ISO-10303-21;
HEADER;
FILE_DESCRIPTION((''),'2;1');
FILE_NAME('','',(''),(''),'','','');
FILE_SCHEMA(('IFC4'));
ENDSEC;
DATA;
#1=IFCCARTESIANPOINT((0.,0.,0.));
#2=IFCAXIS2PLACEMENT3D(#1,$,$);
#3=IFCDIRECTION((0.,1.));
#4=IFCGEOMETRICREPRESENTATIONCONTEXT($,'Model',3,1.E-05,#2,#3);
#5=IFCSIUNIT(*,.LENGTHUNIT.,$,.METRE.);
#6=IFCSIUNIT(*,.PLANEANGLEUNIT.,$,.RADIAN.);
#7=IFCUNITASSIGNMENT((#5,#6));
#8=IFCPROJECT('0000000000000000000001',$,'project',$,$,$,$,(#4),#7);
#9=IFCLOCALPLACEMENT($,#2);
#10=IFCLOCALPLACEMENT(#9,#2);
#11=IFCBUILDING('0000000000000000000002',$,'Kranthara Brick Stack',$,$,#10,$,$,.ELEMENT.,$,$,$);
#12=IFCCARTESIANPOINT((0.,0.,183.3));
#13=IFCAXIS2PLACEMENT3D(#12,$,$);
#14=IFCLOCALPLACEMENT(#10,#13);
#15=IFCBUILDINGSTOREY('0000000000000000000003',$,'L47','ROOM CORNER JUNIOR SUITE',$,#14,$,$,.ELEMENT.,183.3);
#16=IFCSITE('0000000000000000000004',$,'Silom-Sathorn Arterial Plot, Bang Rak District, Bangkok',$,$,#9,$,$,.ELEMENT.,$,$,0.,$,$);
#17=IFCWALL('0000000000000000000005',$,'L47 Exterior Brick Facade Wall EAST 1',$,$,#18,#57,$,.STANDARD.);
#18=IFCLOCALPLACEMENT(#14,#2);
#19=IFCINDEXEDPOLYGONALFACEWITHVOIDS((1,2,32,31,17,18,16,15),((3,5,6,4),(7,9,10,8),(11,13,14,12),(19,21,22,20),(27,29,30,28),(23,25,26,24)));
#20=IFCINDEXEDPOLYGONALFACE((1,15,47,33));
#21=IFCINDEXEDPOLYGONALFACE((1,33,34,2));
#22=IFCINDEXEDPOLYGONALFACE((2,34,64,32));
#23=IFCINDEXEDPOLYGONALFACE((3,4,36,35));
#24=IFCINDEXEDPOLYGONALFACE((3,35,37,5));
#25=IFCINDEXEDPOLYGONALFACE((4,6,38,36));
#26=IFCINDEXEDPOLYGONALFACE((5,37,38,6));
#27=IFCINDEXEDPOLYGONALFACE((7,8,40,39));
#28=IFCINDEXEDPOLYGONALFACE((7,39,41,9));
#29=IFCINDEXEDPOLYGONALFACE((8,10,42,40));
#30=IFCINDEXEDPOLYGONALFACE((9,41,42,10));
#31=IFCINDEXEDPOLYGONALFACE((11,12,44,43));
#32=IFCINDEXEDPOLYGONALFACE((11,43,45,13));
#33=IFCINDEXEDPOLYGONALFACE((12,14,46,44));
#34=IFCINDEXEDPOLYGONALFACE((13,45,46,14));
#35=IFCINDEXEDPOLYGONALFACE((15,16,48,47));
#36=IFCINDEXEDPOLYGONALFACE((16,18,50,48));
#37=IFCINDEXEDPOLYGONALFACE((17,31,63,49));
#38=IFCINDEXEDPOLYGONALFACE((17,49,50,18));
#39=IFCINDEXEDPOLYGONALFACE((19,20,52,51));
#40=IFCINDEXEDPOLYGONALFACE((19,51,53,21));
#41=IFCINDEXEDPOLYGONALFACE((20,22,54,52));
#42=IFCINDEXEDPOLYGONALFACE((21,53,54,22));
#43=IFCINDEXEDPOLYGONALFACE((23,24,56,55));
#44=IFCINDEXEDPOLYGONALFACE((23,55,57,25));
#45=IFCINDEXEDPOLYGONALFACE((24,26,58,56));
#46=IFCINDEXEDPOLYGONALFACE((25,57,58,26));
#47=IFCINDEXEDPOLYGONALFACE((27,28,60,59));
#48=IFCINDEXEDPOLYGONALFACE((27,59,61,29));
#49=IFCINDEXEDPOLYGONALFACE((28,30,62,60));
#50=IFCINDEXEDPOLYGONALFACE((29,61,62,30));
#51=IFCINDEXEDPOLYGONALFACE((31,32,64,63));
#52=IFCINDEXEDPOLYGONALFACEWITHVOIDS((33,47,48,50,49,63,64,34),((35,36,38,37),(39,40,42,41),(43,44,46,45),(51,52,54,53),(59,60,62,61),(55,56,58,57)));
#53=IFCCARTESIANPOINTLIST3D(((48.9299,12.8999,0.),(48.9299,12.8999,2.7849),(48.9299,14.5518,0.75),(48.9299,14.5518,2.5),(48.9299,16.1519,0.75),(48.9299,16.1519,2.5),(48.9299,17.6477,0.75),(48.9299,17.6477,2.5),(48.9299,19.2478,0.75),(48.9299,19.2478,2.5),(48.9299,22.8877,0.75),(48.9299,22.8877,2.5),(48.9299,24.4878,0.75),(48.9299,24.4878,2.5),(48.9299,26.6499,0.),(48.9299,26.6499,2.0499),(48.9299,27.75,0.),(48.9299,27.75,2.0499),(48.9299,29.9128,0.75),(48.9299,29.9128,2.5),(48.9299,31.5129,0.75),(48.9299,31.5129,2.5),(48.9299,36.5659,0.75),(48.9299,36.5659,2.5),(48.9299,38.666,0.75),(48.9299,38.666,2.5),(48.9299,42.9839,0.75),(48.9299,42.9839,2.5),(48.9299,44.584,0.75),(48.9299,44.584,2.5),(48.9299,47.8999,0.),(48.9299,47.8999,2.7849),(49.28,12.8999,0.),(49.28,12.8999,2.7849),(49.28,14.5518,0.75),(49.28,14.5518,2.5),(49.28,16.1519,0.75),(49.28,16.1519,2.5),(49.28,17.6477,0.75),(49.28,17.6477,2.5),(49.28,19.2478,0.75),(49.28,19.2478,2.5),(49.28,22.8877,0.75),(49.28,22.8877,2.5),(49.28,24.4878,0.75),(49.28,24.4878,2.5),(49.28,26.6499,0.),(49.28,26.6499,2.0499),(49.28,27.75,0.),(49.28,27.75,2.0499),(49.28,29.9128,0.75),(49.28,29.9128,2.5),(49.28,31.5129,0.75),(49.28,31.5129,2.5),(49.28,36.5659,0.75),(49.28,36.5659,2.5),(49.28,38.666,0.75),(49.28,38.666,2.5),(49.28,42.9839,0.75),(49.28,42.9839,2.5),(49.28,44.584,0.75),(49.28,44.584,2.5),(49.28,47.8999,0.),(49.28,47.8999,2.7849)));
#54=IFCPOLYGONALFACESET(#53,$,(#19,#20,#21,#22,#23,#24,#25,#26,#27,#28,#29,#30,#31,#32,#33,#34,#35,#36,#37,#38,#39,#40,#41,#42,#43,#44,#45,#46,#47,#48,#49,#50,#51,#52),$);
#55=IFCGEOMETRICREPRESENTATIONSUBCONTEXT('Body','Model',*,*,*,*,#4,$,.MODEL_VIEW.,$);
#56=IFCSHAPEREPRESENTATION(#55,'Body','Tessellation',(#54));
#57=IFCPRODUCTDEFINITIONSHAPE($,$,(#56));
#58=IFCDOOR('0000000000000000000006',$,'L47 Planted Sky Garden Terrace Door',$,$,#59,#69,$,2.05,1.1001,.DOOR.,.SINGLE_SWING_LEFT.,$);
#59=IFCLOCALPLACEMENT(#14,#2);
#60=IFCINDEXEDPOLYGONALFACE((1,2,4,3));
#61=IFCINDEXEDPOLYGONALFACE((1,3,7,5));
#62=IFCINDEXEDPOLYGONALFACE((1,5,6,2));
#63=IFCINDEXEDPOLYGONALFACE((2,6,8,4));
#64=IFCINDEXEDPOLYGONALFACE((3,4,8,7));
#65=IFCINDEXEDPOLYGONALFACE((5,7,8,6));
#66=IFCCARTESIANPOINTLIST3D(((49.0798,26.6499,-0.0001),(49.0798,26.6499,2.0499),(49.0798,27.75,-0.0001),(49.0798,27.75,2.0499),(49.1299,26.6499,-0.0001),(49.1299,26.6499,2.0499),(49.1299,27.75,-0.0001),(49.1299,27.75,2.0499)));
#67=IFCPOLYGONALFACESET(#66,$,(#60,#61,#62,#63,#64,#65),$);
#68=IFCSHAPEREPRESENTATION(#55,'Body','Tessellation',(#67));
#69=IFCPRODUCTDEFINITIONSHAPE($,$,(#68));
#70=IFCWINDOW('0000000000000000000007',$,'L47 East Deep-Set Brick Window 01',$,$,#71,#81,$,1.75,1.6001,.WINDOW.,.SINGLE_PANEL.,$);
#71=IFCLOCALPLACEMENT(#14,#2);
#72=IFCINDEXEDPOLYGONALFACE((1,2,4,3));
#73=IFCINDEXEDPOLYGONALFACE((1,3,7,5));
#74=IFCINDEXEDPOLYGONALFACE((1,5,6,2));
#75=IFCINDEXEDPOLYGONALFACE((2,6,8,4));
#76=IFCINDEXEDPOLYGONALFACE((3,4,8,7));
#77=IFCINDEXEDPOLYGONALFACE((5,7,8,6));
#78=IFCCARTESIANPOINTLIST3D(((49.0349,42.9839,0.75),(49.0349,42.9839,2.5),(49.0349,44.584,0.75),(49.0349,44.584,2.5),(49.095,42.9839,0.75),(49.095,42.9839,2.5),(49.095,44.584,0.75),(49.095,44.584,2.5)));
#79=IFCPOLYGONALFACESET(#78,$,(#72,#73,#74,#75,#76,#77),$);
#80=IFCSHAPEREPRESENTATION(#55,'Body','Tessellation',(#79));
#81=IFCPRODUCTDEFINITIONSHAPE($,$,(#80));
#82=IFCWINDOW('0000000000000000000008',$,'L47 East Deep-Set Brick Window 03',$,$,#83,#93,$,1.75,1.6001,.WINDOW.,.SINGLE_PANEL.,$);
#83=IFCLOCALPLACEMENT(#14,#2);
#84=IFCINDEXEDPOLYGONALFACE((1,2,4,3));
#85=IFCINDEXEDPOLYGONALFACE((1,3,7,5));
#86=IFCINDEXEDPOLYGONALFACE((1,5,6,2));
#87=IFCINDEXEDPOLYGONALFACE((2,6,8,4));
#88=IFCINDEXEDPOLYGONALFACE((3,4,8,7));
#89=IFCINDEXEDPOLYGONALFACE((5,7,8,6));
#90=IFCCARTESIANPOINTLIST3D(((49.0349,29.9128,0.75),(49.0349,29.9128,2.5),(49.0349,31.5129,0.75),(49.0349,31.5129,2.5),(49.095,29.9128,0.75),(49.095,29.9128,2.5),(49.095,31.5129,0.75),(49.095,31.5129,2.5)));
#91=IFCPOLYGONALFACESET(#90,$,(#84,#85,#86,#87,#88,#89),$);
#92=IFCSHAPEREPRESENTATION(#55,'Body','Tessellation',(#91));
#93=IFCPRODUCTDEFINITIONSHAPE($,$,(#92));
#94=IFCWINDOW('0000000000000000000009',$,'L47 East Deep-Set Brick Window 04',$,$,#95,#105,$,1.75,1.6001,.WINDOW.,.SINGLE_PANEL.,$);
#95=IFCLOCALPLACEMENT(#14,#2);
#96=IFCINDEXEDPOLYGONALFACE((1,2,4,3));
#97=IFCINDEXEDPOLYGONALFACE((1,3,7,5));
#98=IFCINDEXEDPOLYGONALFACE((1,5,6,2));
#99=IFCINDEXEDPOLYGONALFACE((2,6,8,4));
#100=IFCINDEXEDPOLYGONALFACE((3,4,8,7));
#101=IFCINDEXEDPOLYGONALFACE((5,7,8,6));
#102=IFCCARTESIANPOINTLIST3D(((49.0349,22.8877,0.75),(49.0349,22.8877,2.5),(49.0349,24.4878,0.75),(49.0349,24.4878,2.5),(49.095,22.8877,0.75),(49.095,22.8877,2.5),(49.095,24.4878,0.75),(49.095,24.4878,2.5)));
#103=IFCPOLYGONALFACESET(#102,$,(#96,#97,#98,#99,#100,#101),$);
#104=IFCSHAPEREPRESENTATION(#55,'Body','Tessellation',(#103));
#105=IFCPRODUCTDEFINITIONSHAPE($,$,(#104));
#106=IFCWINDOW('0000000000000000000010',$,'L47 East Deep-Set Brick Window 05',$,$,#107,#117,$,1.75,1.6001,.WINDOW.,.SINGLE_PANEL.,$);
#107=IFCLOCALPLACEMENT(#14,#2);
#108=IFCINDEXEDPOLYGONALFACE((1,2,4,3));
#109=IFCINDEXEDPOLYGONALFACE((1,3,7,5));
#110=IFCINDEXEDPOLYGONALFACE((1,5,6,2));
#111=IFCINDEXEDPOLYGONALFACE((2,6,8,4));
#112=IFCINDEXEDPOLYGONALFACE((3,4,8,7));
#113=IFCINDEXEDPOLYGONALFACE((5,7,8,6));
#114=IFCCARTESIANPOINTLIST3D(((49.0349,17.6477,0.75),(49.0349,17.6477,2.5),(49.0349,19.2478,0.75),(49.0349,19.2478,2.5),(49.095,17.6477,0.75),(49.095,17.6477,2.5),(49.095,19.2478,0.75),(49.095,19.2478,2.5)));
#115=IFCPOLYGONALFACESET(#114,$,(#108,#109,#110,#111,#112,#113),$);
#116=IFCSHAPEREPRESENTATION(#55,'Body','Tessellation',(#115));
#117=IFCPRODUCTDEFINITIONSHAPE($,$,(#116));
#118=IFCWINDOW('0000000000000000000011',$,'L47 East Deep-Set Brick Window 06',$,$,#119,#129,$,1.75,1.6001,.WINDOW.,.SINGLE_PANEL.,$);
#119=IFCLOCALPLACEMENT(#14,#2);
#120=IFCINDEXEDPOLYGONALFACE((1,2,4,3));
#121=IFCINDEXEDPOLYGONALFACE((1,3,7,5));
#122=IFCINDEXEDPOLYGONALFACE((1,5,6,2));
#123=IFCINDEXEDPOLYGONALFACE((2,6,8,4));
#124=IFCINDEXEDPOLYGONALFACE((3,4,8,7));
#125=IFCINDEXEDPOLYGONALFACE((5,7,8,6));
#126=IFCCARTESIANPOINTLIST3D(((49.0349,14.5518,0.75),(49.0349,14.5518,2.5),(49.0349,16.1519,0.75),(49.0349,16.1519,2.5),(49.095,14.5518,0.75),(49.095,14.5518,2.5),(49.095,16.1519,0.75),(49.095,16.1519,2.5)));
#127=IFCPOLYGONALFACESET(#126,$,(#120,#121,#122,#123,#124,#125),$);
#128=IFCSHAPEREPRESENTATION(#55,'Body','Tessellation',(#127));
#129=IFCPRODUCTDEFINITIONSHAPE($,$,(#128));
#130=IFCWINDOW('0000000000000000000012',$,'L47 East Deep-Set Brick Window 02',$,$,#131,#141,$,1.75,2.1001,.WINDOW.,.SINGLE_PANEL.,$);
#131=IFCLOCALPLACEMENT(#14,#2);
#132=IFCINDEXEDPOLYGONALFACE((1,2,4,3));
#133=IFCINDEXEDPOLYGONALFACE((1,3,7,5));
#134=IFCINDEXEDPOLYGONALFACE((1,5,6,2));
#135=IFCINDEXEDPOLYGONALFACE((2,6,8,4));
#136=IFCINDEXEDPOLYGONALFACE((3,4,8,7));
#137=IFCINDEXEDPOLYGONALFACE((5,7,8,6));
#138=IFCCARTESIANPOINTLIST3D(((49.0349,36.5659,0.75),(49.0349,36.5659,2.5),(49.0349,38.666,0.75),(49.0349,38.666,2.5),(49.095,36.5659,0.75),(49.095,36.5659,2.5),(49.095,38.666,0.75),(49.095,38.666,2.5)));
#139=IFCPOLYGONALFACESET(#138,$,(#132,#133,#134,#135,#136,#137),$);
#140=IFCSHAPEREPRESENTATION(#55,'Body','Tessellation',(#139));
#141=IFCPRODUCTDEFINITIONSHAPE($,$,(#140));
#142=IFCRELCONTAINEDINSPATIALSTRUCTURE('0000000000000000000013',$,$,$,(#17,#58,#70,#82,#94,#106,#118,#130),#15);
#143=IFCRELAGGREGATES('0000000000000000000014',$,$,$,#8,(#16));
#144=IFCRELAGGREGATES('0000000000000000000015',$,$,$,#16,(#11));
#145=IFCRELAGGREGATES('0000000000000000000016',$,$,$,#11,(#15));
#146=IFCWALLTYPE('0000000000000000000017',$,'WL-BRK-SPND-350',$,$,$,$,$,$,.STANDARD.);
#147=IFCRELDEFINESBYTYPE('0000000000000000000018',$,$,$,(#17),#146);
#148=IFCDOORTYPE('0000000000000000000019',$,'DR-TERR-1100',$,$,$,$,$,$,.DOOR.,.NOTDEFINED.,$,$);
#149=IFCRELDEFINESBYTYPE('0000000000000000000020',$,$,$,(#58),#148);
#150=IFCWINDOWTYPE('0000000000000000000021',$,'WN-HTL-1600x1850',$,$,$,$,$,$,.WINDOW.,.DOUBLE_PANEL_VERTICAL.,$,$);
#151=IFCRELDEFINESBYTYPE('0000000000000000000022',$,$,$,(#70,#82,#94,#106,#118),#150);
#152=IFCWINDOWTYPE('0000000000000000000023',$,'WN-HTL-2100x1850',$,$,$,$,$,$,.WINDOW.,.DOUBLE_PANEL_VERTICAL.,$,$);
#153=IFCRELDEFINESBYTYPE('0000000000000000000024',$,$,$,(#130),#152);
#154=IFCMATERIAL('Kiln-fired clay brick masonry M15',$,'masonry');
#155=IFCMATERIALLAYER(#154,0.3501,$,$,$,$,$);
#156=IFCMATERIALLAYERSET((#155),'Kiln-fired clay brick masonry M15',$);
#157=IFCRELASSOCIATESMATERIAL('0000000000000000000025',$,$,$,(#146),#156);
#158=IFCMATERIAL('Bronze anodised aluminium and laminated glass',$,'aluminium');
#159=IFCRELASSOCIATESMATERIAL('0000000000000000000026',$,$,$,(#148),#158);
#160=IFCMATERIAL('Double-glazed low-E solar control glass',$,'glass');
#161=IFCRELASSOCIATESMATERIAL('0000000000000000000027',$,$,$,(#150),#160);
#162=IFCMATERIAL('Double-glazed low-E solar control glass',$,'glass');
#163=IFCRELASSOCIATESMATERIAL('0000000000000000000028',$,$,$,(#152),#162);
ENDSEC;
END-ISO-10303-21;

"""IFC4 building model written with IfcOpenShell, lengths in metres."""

from ifc_helpers import new_model, si_unit, direction, frame, frame_2d, origin, place, context, subcontext, project, spatial, rectangle, extrude, material, layer, layer_set, type_object, element, fill, save


model = new_model("IFC4")

# Units and contexts
model_context = context("Model", 3, precision=1e-05, world=origin(), true_north=direction((0.0, 1.0)))
body_context = subcontext(model_context, "Body", "Model", "MODEL_VIEW")
ifc_project = project(units=[si_unit("LENGTHUNIT", "METRE"), si_unit("PLANEANGLEUNIT", "RADIAN")], contexts=[model_context])

# Site, building, storey
site_placement = place(None, origin())
site = spatial("IfcSite", under=ifc_project, at=site_placement, Name="Silom-Sathorn Arterial Plot, Bang Rak District, Bangkok", CompositionType="ELEMENT", RefElevation=0.0)
building_placement = place(site_placement, origin())
building = spatial("IfcBuilding", under=site, at=building_placement, Name="Kranthara Brick Stack", CompositionType="ELEMENT")
storey_placement = place(building_placement, frame((0.0, 0.0, 183.3)))
storey = spatial("IfcBuildingStorey", under=building, at=storey_placement, Name="L47", Description="ROOM CORNER JUNIOR SUITE", CompositionType="ELEMENT", Elevation=183.3)

# Shared definitions
ifc_material_1 = material(Name="Kiln-fired clay brick masonry M15", Category="masonry")
ifc_layer_1 = layer(ifc_material_1, 0.3501)
ifc_layer_set_1 = layer_set([ifc_layer_1], Name="Kiln-fired clay brick masonry M15")
wall_type_1 = type_object("IfcWallType", Name="WL-BRK-SPND-350", PredefinedType="STANDARD", material=ifc_layer_set_1)

# Wall, openings, door, windows
wall_1_placement = place(storey_placement, frame((49.105, 47.8999, 0.0), z_axis=(0.0, 0.0, 1.0), x_axis=(0.0, -1.0, 0.0)))
wall_1 = element("IfcWall", 1, at=wall_1_placement, inside=storey, type_object=wall_type_1, Name="L47 Exterior Brick Facade Wall EAST 1", PredefinedType="STANDARD", context=body_context, shape_type="SweptSolid", body=[
    extrude(rectangle(XDim=35.0, YDim=0.3501, at=frame_2d((17.5, 0.0))), origin(), (0.0, 0.0, 1.0), 2.7849),
])
opening_1_placement = place(wall_1_placement, frame((20.1499, 0.0, 0.0)))
opening_1 = element("IfcOpeningElement", 2, at=opening_1_placement, cuts=wall_1, PredefinedType="OPENING", context=body_context, shape_type="SweptSolid", body=[
    extrude(rectangle(XDim=1.1001, YDim=2.05, at=frame_2d((0.55, 1.0249))), frame((0.0, 0.1851, 0.0), z_axis=(0.0, -1.0, 0.0), x_axis=(1.0, 0.0, 0.0)), (0.0, 0.0, 1.0), 0.3701),
])
opening_2_placement = place(wall_1_placement, frame((3.3159, 0.0, 0.75)))
opening_2 = element("IfcOpeningElement", 3, at=opening_2_placement, cuts=wall_1, PredefinedType="OPENING", context=body_context, shape_type="SweptSolid", body=[
    extrude(rectangle(XDim=1.6001, YDim=1.75, at=frame_2d((0.8, 0.875))), frame((0.0, 0.1851, 0.0), z_axis=(0.0, -1.0, 0.0), x_axis=(1.0, 0.0, 0.0)), (0.0, 0.0, 1.0), 0.3701),
])
opening_3_placement = place(wall_1_placement, frame((9.2339, 0.0, 0.75)))
opening_3 = element("IfcOpeningElement", 4, at=opening_3_placement, cuts=wall_1, PredefinedType="OPENING", context=body_context, shape_type="SweptSolid", body=[
    extrude(rectangle(XDim=2.1001, YDim=1.75, at=frame_2d((1.05, 0.875))), frame((0.0, 0.1851, 0.0), z_axis=(0.0, -1.0, 0.0), x_axis=(1.0, 0.0, 0.0)), (0.0, 0.0, 1.0), 0.3701),
])
opening_4_placement = place(wall_1_placement, frame((16.387, 0.0, 0.75)))
opening_4 = element("IfcOpeningElement", 5, at=opening_4_placement, cuts=wall_1, PredefinedType="OPENING", context=body_context, shape_type="SweptSolid", body=[
    extrude(rectangle(XDim=1.6001, YDim=1.75, at=frame_2d((0.8, 0.875))), frame((0.0, 0.1851, 0.0), z_axis=(0.0, -1.0, 0.0), x_axis=(1.0, 0.0, 0.0)), (0.0, 0.0, 1.0), 0.3701),
])
opening_5_placement = place(wall_1_placement, frame((23.4121, 0.0, 0.75)))
opening_5 = element("IfcOpeningElement", 6, at=opening_5_placement, cuts=wall_1, PredefinedType="OPENING", context=body_context, shape_type="SweptSolid", body=[
    extrude(rectangle(XDim=1.6001, YDim=1.75, at=frame_2d((0.8, 0.875))), frame((0.0, 0.1851, 0.0), z_axis=(0.0, -1.0, 0.0), x_axis=(1.0, 0.0, 0.0)), (0.0, 0.0, 1.0), 0.3701),
])
opening_6_placement = place(wall_1_placement, frame((28.6521, 0.0, 0.75)))
opening_6 = element("IfcOpeningElement", 7, at=opening_6_placement, cuts=wall_1, PredefinedType="OPENING", context=body_context, shape_type="SweptSolid", body=[
    extrude(rectangle(XDim=1.6001, YDim=1.75, at=frame_2d((0.8, 0.875))), frame((0.0, 0.1851, 0.0), z_axis=(0.0, -1.0, 0.0), x_axis=(1.0, 0.0, 0.0)), (0.0, 0.0, 1.0), 0.3701),
])
opening_7_placement = place(wall_1_placement, frame((31.748, 0.0, 0.75)))
opening_7 = element("IfcOpeningElement", 8, at=opening_7_placement, cuts=wall_1, PredefinedType="OPENING", context=body_context, shape_type="SweptSolid", body=[
    extrude(rectangle(XDim=1.6001, YDim=1.75, at=frame_2d((0.8, 0.875))), frame((0.0, 0.1851, 0.0), z_axis=(0.0, -1.0, 0.0), x_axis=(1.0, 0.0, 0.0)), (0.0, 0.0, 1.0), 0.3701),
])
ifc_material_2 = material(Name="Bronze anodised aluminium and laminated glass", Category="aluminium")
door_type_1 = type_object("IfcDoorType", Name="DR-TERR-1100", OperationType="NOTDEFINED", PredefinedType="DOOR", material=ifc_material_2)
door_1_placement = place(opening_1_placement, origin())
door_1 = element("IfcDoor", 9, at=door_1_placement, inside=storey, type_object=door_type_1, Name="L47 Planted Sky Garden Terrace Door", OperationType="SINGLE_SWING_LEFT", OverallHeight=2.05, OverallWidth=1.1001, PredefinedType="DOOR", context=body_context, shape_type="SweptSolid", body=[
    extrude(rectangle(XDim=1.1001, YDim=2.05, at=frame_2d((0.55, 1.0249))), frame((0.0, 0.0249, 0.0), z_axis=(0.0, -1.0, 0.0), x_axis=(1.0, 0.0, 0.0)), (0.0, 0.0, 1.0), 0.05),
])
fill(opening_1, door_1)
ifc_material_3 = material(Name="Double-glazed low-E solar control glass", Category="glass")
window_type_1 = type_object("IfcWindowType", Name="WN-HTL-1600x1850", PartitioningType="DOUBLE_PANEL_VERTICAL", PredefinedType="WINDOW", material=ifc_material_3)
window_1_placement = place(opening_2_placement, origin())
window_1 = element("IfcWindow", 10, at=window_1_placement, inside=storey, type_object=window_type_1, Name="L47 East Deep-Set Brick Window 01", OverallHeight=1.75, OverallWidth=1.6001, PartitioningType="SINGLE_PANEL", PredefinedType="WINDOW", context=body_context, shape_type="SweptSolid", body=[
    extrude(rectangle(XDim=1.6001, YDim=1.75, at=frame_2d((0.8, 0.875))), frame((0.0, -0.01, 0.0), z_axis=(0.0, -1.0, 0.0), x_axis=(1.0, 0.0, 0.0)), (0.0, 0.0, 1.0), 0.0601),
])
fill(opening_2, window_1)
window_2_placement = place(opening_4_placement, origin())
window_2 = element("IfcWindow", 11, at=window_2_placement, inside=storey, type_object=window_type_1, Name="L47 East Deep-Set Brick Window 03", OverallHeight=1.75, OverallWidth=1.6001, PartitioningType="SINGLE_PANEL", PredefinedType="WINDOW", context=body_context, shape_type="SweptSolid", body=[
    extrude(rectangle(XDim=1.6001, YDim=1.75, at=frame_2d((0.8, 0.875))), frame((0.0, -0.01, 0.0), z_axis=(0.0, -1.0, 0.0), x_axis=(1.0, 0.0, 0.0)), (0.0, 0.0, 1.0), 0.0601),
])
fill(opening_4, window_2)
window_3_placement = place(opening_5_placement, origin())
window_3 = element("IfcWindow", 12, at=window_3_placement, inside=storey, type_object=window_type_1, Name="L47 East Deep-Set Brick Window 04", OverallHeight=1.75, OverallWidth=1.6001, PartitioningType="SINGLE_PANEL", PredefinedType="WINDOW", context=body_context, shape_type="SweptSolid", body=[
    extrude(rectangle(XDim=1.6001, YDim=1.75, at=frame_2d((0.8, 0.875))), frame((0.0, -0.01, 0.0), z_axis=(0.0, -1.0, 0.0), x_axis=(1.0, 0.0, 0.0)), (0.0, 0.0, 1.0), 0.0601),
])
fill(opening_5, window_3)
window_4_placement = place(opening_6_placement, origin())
window_4 = element("IfcWindow", 13, at=window_4_placement, inside=storey, type_object=window_type_1, Name="L47 East Deep-Set Brick Window 05", OverallHeight=1.75, OverallWidth=1.6001, PartitioningType="SINGLE_PANEL", PredefinedType="WINDOW", context=body_context, shape_type="SweptSolid", body=[
    extrude(rectangle(XDim=1.6001, YDim=1.75, at=frame_2d((0.8, 0.875))), frame((0.0, -0.01, 0.0), z_axis=(0.0, -1.0, 0.0), x_axis=(1.0, 0.0, 0.0)), (0.0, 0.0, 1.0), 0.0601),
])
fill(opening_6, window_4)
window_5_placement = place(opening_7_placement, origin())
window_5 = element("IfcWindow", 14, at=window_5_placement, inside=storey, type_object=window_type_1, Name="L47 East Deep-Set Brick Window 06", OverallHeight=1.75, OverallWidth=1.6001, PartitioningType="SINGLE_PANEL", PredefinedType="WINDOW", context=body_context, shape_type="SweptSolid", body=[
    extrude(rectangle(XDim=1.6001, YDim=1.75, at=frame_2d((0.8, 0.875))), frame((0.0, -0.01, 0.0), z_axis=(0.0, -1.0, 0.0), x_axis=(1.0, 0.0, 0.0)), (0.0, 0.0, 1.0), 0.0601),
])
fill(opening_7, window_5)
ifc_material_4 = material(Name="Double-glazed low-E solar control glass", Category="glass")
window_type_2 = type_object("IfcWindowType", Name="WN-HTL-2100x1850", PartitioningType="DOUBLE_PANEL_VERTICAL", PredefinedType="WINDOW", material=ifc_material_4)
window_6_placement = place(opening_3_placement, origin())
window_6 = element("IfcWindow", 15, at=window_6_placement, inside=storey, type_object=window_type_2, Name="L47 East Deep-Set Brick Window 02", OverallHeight=1.75, OverallWidth=2.1001, PartitioningType="SINGLE_PANEL", PredefinedType="WINDOW", context=body_context, shape_type="SweptSolid", body=[
    extrude(rectangle(XDim=2.1001, YDim=1.75, at=frame_2d((1.05, 0.875))), frame((0.0, -0.01, 0.0), z_axis=(0.0, -1.0, 0.0), x_axis=(1.0, 0.0, 0.0)), (0.0, 0.0, 1.0), 0.0601),
])
fill(opening_3, window_6)

save(model, "model.ifc")
